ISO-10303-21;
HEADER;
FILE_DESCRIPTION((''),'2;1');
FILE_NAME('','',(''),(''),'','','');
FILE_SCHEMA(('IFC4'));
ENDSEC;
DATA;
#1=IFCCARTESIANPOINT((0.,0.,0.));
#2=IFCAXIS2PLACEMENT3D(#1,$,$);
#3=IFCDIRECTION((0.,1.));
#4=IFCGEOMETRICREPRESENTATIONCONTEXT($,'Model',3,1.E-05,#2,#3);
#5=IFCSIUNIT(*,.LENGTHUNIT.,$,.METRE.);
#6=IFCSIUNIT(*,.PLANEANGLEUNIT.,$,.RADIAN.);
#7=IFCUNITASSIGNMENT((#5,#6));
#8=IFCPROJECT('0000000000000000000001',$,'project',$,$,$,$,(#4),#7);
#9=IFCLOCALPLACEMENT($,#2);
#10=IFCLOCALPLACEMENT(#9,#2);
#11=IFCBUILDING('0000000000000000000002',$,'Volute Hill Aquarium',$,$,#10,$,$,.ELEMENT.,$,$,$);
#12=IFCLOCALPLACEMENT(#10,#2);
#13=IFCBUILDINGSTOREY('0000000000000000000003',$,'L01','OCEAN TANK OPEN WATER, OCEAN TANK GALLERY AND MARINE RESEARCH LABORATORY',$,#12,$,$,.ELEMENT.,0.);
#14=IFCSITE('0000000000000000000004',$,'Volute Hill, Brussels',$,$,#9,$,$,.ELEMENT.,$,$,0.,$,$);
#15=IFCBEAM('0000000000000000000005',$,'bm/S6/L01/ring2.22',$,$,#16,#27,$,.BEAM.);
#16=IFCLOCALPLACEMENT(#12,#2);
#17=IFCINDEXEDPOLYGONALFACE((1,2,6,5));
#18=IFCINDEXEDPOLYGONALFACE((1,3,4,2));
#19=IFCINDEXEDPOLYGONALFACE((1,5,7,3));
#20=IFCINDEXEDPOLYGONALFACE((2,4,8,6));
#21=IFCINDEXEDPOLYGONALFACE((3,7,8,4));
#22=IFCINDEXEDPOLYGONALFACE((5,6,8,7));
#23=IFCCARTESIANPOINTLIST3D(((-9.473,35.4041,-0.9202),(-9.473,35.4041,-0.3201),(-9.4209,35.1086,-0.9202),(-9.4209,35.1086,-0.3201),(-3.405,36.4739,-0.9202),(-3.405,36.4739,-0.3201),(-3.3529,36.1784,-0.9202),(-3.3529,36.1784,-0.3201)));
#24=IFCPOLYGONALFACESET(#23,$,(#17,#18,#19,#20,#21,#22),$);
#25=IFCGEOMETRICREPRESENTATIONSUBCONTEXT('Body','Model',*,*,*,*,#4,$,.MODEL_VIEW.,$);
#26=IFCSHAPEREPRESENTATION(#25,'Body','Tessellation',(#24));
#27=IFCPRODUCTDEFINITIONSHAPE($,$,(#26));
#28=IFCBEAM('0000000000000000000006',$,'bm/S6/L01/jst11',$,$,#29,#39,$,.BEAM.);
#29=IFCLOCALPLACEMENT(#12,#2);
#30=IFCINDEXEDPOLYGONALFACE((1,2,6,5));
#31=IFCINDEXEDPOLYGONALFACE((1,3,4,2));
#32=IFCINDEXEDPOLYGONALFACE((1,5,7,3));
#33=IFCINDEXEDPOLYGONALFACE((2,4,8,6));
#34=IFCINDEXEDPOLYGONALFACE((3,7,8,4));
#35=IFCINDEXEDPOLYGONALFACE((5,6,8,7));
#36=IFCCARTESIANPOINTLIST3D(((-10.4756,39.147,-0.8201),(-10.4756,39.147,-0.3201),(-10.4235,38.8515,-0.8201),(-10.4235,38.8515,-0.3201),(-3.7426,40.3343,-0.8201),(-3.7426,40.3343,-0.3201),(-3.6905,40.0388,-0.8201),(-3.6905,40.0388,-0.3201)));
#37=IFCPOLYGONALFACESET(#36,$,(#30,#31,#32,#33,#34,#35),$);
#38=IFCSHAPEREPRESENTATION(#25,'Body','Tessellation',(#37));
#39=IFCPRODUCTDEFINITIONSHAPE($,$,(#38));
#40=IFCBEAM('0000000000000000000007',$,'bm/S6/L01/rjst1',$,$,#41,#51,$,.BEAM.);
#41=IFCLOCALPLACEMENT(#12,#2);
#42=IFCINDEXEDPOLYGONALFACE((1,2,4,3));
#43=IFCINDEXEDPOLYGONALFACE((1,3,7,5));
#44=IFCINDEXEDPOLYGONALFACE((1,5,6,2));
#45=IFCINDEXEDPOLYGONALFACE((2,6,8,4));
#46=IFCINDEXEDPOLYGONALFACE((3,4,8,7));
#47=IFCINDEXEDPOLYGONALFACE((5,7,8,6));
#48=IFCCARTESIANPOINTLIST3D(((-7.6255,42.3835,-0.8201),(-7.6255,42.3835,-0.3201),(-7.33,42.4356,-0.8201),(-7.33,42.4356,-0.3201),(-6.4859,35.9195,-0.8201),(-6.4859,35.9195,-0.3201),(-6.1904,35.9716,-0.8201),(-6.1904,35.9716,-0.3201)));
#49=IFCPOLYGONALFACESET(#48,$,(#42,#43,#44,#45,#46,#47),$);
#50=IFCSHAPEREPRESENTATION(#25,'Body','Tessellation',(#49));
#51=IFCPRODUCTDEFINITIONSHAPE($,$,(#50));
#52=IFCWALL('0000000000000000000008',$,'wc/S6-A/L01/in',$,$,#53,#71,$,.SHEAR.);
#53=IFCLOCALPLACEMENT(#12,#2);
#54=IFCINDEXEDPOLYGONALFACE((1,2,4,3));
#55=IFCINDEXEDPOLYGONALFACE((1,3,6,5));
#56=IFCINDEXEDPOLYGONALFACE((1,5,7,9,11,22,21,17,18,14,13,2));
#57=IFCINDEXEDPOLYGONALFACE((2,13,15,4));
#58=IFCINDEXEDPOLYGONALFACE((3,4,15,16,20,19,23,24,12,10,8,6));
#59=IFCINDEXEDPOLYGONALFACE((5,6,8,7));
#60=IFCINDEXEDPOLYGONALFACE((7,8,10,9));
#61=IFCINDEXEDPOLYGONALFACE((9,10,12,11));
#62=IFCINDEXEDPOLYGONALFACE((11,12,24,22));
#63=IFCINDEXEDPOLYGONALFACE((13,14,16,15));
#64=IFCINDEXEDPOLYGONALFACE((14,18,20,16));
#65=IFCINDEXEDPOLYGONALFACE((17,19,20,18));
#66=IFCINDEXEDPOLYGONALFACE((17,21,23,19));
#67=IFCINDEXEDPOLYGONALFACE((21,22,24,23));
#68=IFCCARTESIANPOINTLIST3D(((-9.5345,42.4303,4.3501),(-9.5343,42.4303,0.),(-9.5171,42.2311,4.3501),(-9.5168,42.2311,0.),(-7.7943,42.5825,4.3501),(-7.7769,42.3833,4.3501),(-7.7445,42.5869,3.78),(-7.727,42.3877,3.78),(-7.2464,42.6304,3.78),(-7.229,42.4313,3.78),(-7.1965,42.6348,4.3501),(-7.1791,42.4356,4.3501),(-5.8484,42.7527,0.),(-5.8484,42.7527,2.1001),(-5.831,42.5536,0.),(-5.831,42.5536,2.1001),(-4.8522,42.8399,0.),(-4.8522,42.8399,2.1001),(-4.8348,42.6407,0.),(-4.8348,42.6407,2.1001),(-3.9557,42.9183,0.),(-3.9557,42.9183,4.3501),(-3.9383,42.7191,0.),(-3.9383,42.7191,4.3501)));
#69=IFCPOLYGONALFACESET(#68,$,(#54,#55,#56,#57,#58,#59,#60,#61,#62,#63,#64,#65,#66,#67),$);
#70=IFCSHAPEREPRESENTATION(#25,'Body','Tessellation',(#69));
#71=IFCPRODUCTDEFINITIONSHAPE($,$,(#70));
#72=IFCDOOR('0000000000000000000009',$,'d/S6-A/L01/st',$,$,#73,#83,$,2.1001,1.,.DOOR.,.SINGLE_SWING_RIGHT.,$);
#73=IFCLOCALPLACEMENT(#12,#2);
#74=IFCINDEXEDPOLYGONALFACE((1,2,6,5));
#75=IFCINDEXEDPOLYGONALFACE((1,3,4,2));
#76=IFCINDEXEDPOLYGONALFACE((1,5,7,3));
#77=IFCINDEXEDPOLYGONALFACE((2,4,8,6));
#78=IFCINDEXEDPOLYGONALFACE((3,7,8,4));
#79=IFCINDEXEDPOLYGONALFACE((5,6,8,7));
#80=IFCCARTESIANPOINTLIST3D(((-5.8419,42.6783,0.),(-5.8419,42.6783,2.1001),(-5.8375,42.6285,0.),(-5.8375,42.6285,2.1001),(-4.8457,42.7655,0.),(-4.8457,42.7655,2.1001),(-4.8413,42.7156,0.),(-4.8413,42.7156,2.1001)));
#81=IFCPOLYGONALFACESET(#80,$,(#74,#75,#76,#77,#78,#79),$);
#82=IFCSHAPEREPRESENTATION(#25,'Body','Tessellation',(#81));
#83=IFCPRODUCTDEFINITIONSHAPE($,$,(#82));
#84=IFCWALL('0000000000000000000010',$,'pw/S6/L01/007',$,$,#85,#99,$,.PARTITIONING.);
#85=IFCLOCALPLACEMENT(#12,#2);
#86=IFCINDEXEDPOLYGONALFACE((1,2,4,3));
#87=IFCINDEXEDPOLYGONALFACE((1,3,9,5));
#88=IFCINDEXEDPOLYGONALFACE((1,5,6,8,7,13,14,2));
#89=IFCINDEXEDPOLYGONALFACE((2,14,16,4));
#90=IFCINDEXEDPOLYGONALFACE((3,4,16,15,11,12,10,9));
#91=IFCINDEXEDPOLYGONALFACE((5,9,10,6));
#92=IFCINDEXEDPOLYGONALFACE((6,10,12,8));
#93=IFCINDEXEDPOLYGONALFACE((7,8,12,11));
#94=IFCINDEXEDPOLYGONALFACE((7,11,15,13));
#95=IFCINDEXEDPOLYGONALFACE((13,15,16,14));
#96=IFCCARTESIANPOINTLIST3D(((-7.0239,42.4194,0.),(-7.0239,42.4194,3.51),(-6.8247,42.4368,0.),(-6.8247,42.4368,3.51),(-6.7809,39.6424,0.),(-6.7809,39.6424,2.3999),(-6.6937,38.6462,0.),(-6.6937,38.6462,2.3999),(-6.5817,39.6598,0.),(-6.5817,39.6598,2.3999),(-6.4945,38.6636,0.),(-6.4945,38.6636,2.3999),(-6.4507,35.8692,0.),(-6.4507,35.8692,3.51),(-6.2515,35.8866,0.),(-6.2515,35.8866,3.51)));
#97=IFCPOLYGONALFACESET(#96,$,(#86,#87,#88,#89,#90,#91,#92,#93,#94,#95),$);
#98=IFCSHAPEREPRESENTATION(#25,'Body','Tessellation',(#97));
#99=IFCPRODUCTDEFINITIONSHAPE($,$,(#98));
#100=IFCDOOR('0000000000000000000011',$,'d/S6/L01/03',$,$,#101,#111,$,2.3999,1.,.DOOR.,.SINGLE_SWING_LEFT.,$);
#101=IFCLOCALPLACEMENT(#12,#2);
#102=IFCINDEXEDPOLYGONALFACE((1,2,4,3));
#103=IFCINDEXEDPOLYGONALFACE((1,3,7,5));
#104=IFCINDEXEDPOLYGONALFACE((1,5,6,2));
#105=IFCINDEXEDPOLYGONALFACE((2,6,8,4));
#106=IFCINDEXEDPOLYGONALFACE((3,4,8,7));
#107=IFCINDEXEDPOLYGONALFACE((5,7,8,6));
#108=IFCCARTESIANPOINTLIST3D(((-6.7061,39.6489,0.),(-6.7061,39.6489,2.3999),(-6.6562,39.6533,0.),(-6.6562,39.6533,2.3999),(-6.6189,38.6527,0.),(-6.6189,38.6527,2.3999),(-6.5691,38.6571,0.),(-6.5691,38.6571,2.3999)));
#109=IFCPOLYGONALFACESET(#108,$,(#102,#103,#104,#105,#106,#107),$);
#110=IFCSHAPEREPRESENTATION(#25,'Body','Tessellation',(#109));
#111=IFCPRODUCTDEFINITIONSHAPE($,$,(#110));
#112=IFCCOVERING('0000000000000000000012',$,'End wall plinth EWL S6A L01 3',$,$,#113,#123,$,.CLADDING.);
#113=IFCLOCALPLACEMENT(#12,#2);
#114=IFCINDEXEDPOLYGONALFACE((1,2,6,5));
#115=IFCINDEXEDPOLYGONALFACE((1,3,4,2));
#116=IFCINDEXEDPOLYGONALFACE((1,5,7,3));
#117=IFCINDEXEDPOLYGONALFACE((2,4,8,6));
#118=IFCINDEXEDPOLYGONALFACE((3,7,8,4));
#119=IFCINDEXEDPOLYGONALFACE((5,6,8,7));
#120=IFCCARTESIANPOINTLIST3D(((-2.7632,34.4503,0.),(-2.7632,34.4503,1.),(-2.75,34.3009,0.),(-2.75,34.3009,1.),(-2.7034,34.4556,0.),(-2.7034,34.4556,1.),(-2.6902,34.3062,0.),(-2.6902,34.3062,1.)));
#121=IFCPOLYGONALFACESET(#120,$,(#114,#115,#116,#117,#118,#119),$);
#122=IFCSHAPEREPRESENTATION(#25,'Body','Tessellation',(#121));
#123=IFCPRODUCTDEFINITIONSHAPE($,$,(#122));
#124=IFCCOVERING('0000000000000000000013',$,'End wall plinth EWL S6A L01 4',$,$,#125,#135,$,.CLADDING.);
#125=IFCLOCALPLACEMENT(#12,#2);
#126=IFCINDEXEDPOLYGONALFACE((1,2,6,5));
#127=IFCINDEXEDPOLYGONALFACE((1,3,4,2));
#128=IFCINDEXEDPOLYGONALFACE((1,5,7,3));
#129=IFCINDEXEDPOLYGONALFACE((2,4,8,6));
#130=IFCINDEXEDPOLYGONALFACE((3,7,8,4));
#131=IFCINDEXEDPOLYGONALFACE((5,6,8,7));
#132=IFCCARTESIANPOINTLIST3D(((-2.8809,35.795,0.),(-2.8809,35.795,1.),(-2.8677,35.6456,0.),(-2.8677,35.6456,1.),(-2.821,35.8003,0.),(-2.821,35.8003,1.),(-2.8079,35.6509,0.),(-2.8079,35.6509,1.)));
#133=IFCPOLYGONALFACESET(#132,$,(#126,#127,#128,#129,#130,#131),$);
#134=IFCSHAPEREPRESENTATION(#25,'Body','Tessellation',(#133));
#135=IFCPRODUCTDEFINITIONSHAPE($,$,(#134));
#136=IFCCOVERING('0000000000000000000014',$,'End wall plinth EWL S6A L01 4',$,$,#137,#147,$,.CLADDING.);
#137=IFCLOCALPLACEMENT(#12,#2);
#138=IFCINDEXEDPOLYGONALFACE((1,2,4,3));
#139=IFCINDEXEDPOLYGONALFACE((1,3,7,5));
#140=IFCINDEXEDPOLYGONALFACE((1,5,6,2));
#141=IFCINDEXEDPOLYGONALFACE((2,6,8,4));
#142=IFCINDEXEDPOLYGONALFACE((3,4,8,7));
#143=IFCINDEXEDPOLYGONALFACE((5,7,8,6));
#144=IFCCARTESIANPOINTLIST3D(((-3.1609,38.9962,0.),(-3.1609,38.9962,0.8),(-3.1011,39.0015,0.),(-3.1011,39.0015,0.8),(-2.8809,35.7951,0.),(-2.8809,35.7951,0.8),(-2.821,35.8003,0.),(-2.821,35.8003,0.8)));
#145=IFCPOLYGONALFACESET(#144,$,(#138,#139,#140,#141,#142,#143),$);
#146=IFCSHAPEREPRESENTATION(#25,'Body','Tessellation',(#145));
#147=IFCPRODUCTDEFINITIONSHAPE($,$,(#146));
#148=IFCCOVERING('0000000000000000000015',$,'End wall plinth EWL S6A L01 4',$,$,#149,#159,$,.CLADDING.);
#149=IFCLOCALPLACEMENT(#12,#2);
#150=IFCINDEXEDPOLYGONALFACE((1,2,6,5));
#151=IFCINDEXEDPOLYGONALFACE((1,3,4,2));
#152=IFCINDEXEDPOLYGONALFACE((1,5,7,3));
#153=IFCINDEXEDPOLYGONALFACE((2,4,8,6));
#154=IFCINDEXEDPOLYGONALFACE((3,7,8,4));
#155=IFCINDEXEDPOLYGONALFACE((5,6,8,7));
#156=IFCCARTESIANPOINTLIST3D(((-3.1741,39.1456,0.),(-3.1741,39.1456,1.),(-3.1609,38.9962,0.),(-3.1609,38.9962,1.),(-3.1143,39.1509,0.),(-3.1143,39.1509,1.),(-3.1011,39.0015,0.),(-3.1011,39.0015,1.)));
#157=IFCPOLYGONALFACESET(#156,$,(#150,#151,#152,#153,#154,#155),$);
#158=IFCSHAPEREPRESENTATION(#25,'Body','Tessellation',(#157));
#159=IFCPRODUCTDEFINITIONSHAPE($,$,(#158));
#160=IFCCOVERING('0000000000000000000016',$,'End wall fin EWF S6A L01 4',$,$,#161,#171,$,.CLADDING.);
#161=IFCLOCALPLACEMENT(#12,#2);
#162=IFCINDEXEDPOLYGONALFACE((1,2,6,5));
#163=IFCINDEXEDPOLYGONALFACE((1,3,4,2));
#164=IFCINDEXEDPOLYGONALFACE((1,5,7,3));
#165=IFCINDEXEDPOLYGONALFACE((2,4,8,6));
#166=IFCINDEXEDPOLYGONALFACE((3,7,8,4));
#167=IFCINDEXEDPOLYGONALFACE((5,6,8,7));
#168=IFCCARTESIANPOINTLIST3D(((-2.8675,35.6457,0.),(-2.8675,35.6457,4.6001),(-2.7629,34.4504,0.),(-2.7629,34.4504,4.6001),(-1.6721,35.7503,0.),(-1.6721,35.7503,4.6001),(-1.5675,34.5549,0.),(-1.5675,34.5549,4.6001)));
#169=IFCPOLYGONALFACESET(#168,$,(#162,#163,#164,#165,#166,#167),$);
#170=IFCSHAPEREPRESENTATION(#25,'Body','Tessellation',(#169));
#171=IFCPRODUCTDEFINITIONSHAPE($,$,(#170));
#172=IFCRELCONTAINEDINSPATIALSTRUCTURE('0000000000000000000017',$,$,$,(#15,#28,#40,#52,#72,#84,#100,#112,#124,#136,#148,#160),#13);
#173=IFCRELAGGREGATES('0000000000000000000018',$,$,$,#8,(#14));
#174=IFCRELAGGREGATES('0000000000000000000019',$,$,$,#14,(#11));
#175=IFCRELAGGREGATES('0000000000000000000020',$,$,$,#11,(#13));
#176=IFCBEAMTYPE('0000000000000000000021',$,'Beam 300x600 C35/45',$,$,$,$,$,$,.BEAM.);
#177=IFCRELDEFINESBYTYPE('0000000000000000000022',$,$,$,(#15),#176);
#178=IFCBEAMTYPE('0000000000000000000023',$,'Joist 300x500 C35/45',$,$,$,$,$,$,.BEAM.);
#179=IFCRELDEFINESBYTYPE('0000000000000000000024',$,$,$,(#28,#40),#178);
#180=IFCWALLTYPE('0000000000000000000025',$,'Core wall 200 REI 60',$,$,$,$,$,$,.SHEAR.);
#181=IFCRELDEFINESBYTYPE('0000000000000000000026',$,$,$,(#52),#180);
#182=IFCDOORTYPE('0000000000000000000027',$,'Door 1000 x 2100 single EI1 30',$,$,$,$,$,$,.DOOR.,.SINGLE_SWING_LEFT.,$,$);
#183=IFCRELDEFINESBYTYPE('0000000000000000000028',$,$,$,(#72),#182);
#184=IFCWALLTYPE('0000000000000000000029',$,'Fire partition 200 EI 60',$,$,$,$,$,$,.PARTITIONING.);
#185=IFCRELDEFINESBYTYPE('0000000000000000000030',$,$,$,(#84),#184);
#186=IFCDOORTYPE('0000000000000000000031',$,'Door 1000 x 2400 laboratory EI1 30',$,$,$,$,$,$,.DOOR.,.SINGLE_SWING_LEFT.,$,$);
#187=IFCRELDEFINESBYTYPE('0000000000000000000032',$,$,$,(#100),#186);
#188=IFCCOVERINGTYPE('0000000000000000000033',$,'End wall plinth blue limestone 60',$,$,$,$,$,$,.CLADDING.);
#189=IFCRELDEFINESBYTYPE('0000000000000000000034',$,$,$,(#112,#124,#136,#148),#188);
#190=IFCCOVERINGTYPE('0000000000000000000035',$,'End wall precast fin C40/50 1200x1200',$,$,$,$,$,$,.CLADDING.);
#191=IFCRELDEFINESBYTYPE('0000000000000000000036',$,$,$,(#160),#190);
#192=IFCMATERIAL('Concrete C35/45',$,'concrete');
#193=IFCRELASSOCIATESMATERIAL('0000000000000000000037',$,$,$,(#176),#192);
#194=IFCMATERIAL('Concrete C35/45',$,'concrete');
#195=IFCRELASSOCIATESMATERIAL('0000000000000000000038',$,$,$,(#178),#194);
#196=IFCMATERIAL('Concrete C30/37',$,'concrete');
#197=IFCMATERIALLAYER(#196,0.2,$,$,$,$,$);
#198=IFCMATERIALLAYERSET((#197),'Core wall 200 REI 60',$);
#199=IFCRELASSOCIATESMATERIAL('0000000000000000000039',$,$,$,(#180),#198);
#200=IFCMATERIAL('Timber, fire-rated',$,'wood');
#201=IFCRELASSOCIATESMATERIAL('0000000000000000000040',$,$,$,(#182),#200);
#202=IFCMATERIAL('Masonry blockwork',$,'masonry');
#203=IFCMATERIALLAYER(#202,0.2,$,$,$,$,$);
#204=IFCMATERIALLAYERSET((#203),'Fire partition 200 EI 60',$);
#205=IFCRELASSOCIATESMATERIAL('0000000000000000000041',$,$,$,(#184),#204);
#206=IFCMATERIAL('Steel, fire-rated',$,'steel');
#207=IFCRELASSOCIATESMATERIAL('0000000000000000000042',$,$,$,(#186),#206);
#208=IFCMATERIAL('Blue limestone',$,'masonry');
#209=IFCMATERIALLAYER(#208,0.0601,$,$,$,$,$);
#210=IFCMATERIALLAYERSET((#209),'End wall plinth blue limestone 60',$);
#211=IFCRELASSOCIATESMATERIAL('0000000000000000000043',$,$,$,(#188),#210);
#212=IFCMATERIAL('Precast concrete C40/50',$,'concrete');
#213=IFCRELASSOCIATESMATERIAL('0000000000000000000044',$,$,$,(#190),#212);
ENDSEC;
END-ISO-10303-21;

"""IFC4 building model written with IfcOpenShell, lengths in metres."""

from ifc_helpers import new_model, si_unit, direction, frame, frame_2d, origin, origin_2d, place, context, subcontext, project, spatial, polyline, rectangle, outline, extrude, material, layer, layer_set, material_profile, profile_set, type_object, element, fill, save


model = new_model("IFC4")

# Units and contexts
model_context = context("Model", 3, precision=1e-05, world=origin(), true_north=direction((0.0, 1.0)))
body_context = subcontext(model_context, "Body", "Model", "MODEL_VIEW")
ifc_project = project(units=[si_unit("LENGTHUNIT", "METRE"), si_unit("PLANEANGLEUNIT", "RADIAN")], contexts=[model_context])

# Site, building, storey
site_placement = place(None, origin())
site = spatial("IfcSite", under=ifc_project, at=site_placement, Name="Volute Hill, Brussels", CompositionType="ELEMENT", RefElevation=0.0)
building_placement = place(site_placement, origin())
building = spatial("IfcBuilding", under=site, at=building_placement, Name="Volute Hill Aquarium", CompositionType="ELEMENT")
storey_placement = place(building_placement, origin())
storey = spatial("IfcBuildingStorey", under=building, at=storey_placement, Name="L01", Description="OCEAN TANK OPEN WATER, OCEAN TANK GALLERY AND MARINE RESEARCH LABORATORY", CompositionType="ELEMENT", Elevation=0.0)

# Beams
ifc_material_1 = material(Name="Concrete C35/45", Category="concrete")
ifc_material_profile_1 = material_profile(ifc_material_1, rectangle(XDim=0.3, YDim=0.6001, at=origin_2d()), Name="RC beam 300x600")
ifc_profile_set_1 = profile_set([ifc_material_profile_1], Name="Concrete C35/45")
beam_type_1 = type_object("IfcBeamType", Name="Beam 300x600 C35/45", PredefinedType="BEAM", material=ifc_profile_set_1)
beam_1_placement = place(storey_placement, frame((-3.3789, 36.3262, -0.6201), z_axis=(-0.984812, -0.173625, 0.0), x_axis=(0.173625, -0.984812, 0.0)))
element("IfcBeam", 1, at=beam_1_placement, inside=storey, type_object=beam_type_1, Name="bm/S6/L01/ring2.22", PredefinedType="BEAM", context=body_context, shape_type="SweptSolid", body=[
    extrude(rectangle(XDim=0.3, YDim=0.6001, at=origin_2d()), origin(), (0.0, 0.0, 1.0), 6.1616),
])
ifc_material_2 = material(Name="Concrete C35/45", Category="concrete")
ifc_material_profile_2 = material_profile(ifc_material_2, rectangle(XDim=0.3, YDim=0.5, at=origin_2d()), Name="RC joist 300x500")
ifc_profile_set_2 = profile_set([ifc_material_profile_2], Name="Concrete C35/45")
beam_type_2 = type_object("IfcBeamType", Name="Joist 300x500 C35/45", PredefinedType="BEAM", material=ifc_profile_set_2)
beam_2_placement = place(storey_placement, frame((-3.7166, 40.1865, -0.5701), z_axis=(-0.984807, -0.173651, 0.0), x_axis=(0.173651, -0.984807, 0.0)))
element("IfcBeam", 2, at=beam_2_placement, inside=storey, type_object=beam_type_2, Name="bm/S6/L01/jst11", PredefinedType="BEAM", context=body_context, shape_type="SweptSolid", body=[
    extrude(rectangle(XDim=0.3, YDim=0.5, at=origin_2d()), origin(), (0.0, 0.0, 1.0), 6.8369),
])
beam_3_placement = place(storey_placement, frame((-6.3381, 35.9456, -0.5701), z_axis=(-0.173626, 0.984812, 0.0), x_axis=(-0.984812, -0.173626, 0.0)))
element("IfcBeam", 3, at=beam_3_placement, inside=storey, type_object=beam_type_2, Name="bm/S6/L01/rjst1", PredefinedType="BEAM", context=body_context, shape_type="SweptSolid", body=[
    extrude(rectangle(XDim=0.3, YDim=0.5, at=origin_2d()), origin(), (0.0, 0.0, 1.0), 6.5637),
])

# Walls, openings, doors
ifc_material_3 = material(Name="Concrete C30/37", Category="concrete")
ifc_layer_1 = layer(ifc_material_3, 0.2)
ifc_layer_set_1 = layer_set([ifc_layer_1], Name="Core wall 200 REI 60")
wall_type_1 = type_object("IfcWallType", Name="Core wall 200 REI 60", PredefinedType="SHEAR", material=ifc_layer_set_1)
wall_1_placement = place(storey_placement, frame((-3.947, 42.8188, 0.0), z_axis=(0.0, 0.0, 1.0), x_axis=(-0.996195, -0.087151, 0.0)))
wall_1 = element("IfcWall", 4, at=wall_1_placement, inside=storey, type_object=wall_type_1, Name="wc/S6-A/L01/in", PredefinedType="SHEAR", context=body_context, shape_type="SweptSolid", body=[
    extrude(outline(polyline([(0.0, 0.0), (5.5999, 0.0), (5.6001, 4.3501), (3.8533, 4.3501), (3.8032, 3.78), (3.3032, 3.78), (3.2532, 4.3501), (0.0, 4.3501), (0.0, 0.0)])), frame((0.0, 0.1001, 0.0), z_axis=(0.0, -1.0, 0.0), x_axis=(1.0, 0.0, 0.0)), (0.0, 0.0, 1.0), 0.2),
])
opening_1_placement = place(wall_1_placement, frame((0.8999, 0.0, 0.0)))
opening_1 = element("IfcOpeningElement", 5, at=opening_1_placement, cuts=wall_1, PredefinedType="OPENING", context=body_context, shape_type="SweptSolid", body=[
    extrude(rectangle(XDim=1.0, YDim=2.1001, at=frame_2d((0.5, 1.05))), frame((0.0, 0.1099, 0.0), z_axis=(0.0, -1.0, 0.0), x_axis=(1.0, 0.0, 0.0)), (0.0, 0.0, 1.0), 0.22),
])
ifc_material_4 = material(Name="Timber, fire-rated", Category="wood")
door_type_1 = type_object("IfcDoorType", Name="Door 1000 x 2100 single EI1 30", OperationType="SINGLE_SWING_LEFT", PredefinedType="DOOR", material=ifc_material_4)
door_1_placement = place(opening_1_placement, origin())
door_1 = element("IfcDoor", 6, at=door_1_placement, inside=storey, type_object=door_type_1, Name="d/S6-A/L01/st", OperationType="SINGLE_SWING_RIGHT", OverallHeight=2.1001, OverallWidth=1.0, PredefinedType="DOOR", context=body_context, shape_type="SweptSolid", body=[
    extrude(rectangle(XDim=1.0, YDim=2.1001, at=frame_2d((0.5, 1.05))), frame((0.0, 0.0249, 0.0), z_axis=(0.0, -1.0, 0.0), x_axis=(1.0, 0.0, 0.0)), (0.0, 0.0, 1.0), 0.05),
])
fill(opening_1, door_1)
ifc_material_5 = material(Name="Masonry blockwork", Category="masonry")
ifc_layer_2 = layer(ifc_material_5, 0.2)
ifc_layer_set_2 = layer_set([ifc_layer_2], Name="Fire partition 200 EI 60")
wall_type_2 = type_object("IfcWallType", Name="Fire partition 200 EI 60", PredefinedType="PARTITIONING", material=ifc_layer_set_2)
wall_2_placement = place(storey_placement, frame((-6.3511, 35.8779, 0.0), z_axis=(0.0, 0.0, 1.0), x_axis=(-0.087184, 0.996192, 0.0)))
wall_2 = element("IfcWall", 7, at=wall_2_placement, inside=storey, type_object=wall_type_2, Name="pw/S6/L01/007", PredefinedType="PARTITIONING", context=body_context, shape_type="SweptSolid", body=[
    extrude(rectangle(XDim=6.5752, YDim=0.2, at=frame_2d((3.2876, 0.0))), origin(), (0.0, 0.0, 1.0), 3.51),
])
opening_2_placement = place(wall_2_placement, frame((2.7876, 0.0, 0.0)))
opening_2 = element("IfcOpeningElement", 8, at=opening_2_placement, cuts=wall_2, PredefinedType="OPENING", context=body_context, shape_type="SweptSolid", body=[
    extrude(rectangle(XDim=1.0, YDim=2.3999, at=frame_2d((0.5, 1.2))), frame((0.0, 0.1099, 0.0), z_axis=(0.0, -1.0, 0.0), x_axis=(1.0, 0.0, 0.0)), (0.0, 0.0, 1.0), 0.22),
])
ifc_material_6 = material(Name="Steel, fire-rated", Category="steel")
door_type_2 = type_object("IfcDoorType", Name="Door 1000 x 2400 laboratory EI1 30", OperationType="SINGLE_SWING_LEFT", PredefinedType="DOOR", material=ifc_material_6)
door_2_placement = place(opening_2_placement, origin())
door_2 = element("IfcDoor", 9, at=door_2_placement, inside=storey, type_object=door_type_2, Name="d/S6/L01/03", OperationType="SINGLE_SWING_LEFT", OverallHeight=2.3999, OverallWidth=1.0, PredefinedType="DOOR", context=body_context, shape_type="SweptSolid", body=[
    extrude(rectangle(XDim=1.0, YDim=2.3999, at=frame_2d((0.5, 1.2))), frame((0.0, 0.0249, 0.0), z_axis=(0.0, -1.0, 0.0), x_axis=(1.0, 0.0, 0.0)), (0.0, 0.0, 1.0), 0.05),
])
fill(opening_2, door_2)

# Coverings
ifc_material_7 = material(Name="Blue limestone", Category="masonry")
ifc_layer_3 = layer(ifc_material_7, 0.0601)
ifc_layer_set_3 = layer_set([ifc_layer_3], Name="End wall plinth blue limestone 60")
covering_type_1 = type_object("IfcCoveringType", Name="End wall plinth blue limestone 60", PredefinedType="CLADDING", material=ifc_layer_set_3)
for number, where, z_axis, x_axis, name in (
    (10, (-2.6902, 34.3062, 0.0), (0.99613, 0.087894, 0.0), (-0.087894, 0.99613, 0.0), "End wall plinth EWL S6A L01 3"),
    (11, (-2.8079, 35.6509, 0.0), (0.99613, 0.087894, 0.0), (-0.087894, 0.99613, 0.0), "End wall plinth EWL S6A L01 4"),
):
    element("IfcCovering", number, at=place(storey_placement, frame(where, z_axis=z_axis, x_axis=x_axis)), inside=storey, type_object=covering_type_1, Name=name, PredefinedType="CLADDING", context=body_context, shape_type="SweptSolid", body=[
        extrude(outline(polyline([(0.0, 0.0), (0.15, 0.0), (0.15, 1.0), (0.0, 1.0), (0.0, 0.0)])), origin(), (0.0, 0.0, -1.0), 0.0601),
    ])
covering_1_placement = place(storey_placement, frame((-2.821, 35.8003, 0.0), z_axis=(0.996196, 0.087144, 0.0), x_axis=(-0.087144, 0.996196, 0.0)))
element("IfcCovering", 12, at=covering_1_placement, inside=storey, type_object=covering_type_1, Name="End wall plinth EWL S6A L01 4", PredefinedType="CLADDING", context=body_context, shape_type="SweptSolid", body=[
    extrude(outline(polyline([(0.0, 0.0), (3.2134, 0.0), (3.2134, 0.8), (0.0, 0.8), (0.0, 0.0)])), origin(), (0.0, 0.0, -1.0), 0.0601),
])
covering_2_placement = place(storey_placement, frame((-3.1011, 39.0015, 0.0), z_axis=(0.99613, 0.087894, 0.0), x_axis=(-0.087894, 0.99613, 0.0)))
element("IfcCovering", 13, at=covering_2_placement, inside=storey, type_object=covering_type_1, Name="End wall plinth EWL S6A L01 4", PredefinedType="CLADDING", context=body_context, shape_type="SweptSolid", body=[
    extrude(outline(polyline([(0.0, 0.0), (0.15, 0.0), (0.15, 1.0), (0.0, 1.0), (0.0, 0.0)])), origin(), (0.0, 0.0, -1.0), 0.0601),
])
ifc_material_8 = material(Name="Precast concrete C40/50", Category="concrete")
covering_type_2 = type_object("IfcCoveringType", Name="End wall precast fin C40/50 1200x1200", PredefinedType="CLADDING", material=ifc_material_8)
for number, where, z_axis, x_axis, name in (
    (14, (-2.2175, 35.1003, 0.0), (0.0, 0.0, 1.0), (-0.087158, 0.996194, 0.0), "End wall fin EWF S6A L01 4"),
):
    element("IfcCovering", number, at=place(storey_placement, frame(where, z_axis=z_axis, x_axis=x_axis)), inside=storey, type_object=covering_type_2, Name=name, PredefinedType="CLADDING", context=body_context, shape_type="SweptSolid", body=[
        extrude(rectangle(XDim=1.2, YDim=1.2, at=origin_2d()), origin(), (0.0, 0.0, 1.0), 4.6001),
    ])

save(model, "model.ifc")
